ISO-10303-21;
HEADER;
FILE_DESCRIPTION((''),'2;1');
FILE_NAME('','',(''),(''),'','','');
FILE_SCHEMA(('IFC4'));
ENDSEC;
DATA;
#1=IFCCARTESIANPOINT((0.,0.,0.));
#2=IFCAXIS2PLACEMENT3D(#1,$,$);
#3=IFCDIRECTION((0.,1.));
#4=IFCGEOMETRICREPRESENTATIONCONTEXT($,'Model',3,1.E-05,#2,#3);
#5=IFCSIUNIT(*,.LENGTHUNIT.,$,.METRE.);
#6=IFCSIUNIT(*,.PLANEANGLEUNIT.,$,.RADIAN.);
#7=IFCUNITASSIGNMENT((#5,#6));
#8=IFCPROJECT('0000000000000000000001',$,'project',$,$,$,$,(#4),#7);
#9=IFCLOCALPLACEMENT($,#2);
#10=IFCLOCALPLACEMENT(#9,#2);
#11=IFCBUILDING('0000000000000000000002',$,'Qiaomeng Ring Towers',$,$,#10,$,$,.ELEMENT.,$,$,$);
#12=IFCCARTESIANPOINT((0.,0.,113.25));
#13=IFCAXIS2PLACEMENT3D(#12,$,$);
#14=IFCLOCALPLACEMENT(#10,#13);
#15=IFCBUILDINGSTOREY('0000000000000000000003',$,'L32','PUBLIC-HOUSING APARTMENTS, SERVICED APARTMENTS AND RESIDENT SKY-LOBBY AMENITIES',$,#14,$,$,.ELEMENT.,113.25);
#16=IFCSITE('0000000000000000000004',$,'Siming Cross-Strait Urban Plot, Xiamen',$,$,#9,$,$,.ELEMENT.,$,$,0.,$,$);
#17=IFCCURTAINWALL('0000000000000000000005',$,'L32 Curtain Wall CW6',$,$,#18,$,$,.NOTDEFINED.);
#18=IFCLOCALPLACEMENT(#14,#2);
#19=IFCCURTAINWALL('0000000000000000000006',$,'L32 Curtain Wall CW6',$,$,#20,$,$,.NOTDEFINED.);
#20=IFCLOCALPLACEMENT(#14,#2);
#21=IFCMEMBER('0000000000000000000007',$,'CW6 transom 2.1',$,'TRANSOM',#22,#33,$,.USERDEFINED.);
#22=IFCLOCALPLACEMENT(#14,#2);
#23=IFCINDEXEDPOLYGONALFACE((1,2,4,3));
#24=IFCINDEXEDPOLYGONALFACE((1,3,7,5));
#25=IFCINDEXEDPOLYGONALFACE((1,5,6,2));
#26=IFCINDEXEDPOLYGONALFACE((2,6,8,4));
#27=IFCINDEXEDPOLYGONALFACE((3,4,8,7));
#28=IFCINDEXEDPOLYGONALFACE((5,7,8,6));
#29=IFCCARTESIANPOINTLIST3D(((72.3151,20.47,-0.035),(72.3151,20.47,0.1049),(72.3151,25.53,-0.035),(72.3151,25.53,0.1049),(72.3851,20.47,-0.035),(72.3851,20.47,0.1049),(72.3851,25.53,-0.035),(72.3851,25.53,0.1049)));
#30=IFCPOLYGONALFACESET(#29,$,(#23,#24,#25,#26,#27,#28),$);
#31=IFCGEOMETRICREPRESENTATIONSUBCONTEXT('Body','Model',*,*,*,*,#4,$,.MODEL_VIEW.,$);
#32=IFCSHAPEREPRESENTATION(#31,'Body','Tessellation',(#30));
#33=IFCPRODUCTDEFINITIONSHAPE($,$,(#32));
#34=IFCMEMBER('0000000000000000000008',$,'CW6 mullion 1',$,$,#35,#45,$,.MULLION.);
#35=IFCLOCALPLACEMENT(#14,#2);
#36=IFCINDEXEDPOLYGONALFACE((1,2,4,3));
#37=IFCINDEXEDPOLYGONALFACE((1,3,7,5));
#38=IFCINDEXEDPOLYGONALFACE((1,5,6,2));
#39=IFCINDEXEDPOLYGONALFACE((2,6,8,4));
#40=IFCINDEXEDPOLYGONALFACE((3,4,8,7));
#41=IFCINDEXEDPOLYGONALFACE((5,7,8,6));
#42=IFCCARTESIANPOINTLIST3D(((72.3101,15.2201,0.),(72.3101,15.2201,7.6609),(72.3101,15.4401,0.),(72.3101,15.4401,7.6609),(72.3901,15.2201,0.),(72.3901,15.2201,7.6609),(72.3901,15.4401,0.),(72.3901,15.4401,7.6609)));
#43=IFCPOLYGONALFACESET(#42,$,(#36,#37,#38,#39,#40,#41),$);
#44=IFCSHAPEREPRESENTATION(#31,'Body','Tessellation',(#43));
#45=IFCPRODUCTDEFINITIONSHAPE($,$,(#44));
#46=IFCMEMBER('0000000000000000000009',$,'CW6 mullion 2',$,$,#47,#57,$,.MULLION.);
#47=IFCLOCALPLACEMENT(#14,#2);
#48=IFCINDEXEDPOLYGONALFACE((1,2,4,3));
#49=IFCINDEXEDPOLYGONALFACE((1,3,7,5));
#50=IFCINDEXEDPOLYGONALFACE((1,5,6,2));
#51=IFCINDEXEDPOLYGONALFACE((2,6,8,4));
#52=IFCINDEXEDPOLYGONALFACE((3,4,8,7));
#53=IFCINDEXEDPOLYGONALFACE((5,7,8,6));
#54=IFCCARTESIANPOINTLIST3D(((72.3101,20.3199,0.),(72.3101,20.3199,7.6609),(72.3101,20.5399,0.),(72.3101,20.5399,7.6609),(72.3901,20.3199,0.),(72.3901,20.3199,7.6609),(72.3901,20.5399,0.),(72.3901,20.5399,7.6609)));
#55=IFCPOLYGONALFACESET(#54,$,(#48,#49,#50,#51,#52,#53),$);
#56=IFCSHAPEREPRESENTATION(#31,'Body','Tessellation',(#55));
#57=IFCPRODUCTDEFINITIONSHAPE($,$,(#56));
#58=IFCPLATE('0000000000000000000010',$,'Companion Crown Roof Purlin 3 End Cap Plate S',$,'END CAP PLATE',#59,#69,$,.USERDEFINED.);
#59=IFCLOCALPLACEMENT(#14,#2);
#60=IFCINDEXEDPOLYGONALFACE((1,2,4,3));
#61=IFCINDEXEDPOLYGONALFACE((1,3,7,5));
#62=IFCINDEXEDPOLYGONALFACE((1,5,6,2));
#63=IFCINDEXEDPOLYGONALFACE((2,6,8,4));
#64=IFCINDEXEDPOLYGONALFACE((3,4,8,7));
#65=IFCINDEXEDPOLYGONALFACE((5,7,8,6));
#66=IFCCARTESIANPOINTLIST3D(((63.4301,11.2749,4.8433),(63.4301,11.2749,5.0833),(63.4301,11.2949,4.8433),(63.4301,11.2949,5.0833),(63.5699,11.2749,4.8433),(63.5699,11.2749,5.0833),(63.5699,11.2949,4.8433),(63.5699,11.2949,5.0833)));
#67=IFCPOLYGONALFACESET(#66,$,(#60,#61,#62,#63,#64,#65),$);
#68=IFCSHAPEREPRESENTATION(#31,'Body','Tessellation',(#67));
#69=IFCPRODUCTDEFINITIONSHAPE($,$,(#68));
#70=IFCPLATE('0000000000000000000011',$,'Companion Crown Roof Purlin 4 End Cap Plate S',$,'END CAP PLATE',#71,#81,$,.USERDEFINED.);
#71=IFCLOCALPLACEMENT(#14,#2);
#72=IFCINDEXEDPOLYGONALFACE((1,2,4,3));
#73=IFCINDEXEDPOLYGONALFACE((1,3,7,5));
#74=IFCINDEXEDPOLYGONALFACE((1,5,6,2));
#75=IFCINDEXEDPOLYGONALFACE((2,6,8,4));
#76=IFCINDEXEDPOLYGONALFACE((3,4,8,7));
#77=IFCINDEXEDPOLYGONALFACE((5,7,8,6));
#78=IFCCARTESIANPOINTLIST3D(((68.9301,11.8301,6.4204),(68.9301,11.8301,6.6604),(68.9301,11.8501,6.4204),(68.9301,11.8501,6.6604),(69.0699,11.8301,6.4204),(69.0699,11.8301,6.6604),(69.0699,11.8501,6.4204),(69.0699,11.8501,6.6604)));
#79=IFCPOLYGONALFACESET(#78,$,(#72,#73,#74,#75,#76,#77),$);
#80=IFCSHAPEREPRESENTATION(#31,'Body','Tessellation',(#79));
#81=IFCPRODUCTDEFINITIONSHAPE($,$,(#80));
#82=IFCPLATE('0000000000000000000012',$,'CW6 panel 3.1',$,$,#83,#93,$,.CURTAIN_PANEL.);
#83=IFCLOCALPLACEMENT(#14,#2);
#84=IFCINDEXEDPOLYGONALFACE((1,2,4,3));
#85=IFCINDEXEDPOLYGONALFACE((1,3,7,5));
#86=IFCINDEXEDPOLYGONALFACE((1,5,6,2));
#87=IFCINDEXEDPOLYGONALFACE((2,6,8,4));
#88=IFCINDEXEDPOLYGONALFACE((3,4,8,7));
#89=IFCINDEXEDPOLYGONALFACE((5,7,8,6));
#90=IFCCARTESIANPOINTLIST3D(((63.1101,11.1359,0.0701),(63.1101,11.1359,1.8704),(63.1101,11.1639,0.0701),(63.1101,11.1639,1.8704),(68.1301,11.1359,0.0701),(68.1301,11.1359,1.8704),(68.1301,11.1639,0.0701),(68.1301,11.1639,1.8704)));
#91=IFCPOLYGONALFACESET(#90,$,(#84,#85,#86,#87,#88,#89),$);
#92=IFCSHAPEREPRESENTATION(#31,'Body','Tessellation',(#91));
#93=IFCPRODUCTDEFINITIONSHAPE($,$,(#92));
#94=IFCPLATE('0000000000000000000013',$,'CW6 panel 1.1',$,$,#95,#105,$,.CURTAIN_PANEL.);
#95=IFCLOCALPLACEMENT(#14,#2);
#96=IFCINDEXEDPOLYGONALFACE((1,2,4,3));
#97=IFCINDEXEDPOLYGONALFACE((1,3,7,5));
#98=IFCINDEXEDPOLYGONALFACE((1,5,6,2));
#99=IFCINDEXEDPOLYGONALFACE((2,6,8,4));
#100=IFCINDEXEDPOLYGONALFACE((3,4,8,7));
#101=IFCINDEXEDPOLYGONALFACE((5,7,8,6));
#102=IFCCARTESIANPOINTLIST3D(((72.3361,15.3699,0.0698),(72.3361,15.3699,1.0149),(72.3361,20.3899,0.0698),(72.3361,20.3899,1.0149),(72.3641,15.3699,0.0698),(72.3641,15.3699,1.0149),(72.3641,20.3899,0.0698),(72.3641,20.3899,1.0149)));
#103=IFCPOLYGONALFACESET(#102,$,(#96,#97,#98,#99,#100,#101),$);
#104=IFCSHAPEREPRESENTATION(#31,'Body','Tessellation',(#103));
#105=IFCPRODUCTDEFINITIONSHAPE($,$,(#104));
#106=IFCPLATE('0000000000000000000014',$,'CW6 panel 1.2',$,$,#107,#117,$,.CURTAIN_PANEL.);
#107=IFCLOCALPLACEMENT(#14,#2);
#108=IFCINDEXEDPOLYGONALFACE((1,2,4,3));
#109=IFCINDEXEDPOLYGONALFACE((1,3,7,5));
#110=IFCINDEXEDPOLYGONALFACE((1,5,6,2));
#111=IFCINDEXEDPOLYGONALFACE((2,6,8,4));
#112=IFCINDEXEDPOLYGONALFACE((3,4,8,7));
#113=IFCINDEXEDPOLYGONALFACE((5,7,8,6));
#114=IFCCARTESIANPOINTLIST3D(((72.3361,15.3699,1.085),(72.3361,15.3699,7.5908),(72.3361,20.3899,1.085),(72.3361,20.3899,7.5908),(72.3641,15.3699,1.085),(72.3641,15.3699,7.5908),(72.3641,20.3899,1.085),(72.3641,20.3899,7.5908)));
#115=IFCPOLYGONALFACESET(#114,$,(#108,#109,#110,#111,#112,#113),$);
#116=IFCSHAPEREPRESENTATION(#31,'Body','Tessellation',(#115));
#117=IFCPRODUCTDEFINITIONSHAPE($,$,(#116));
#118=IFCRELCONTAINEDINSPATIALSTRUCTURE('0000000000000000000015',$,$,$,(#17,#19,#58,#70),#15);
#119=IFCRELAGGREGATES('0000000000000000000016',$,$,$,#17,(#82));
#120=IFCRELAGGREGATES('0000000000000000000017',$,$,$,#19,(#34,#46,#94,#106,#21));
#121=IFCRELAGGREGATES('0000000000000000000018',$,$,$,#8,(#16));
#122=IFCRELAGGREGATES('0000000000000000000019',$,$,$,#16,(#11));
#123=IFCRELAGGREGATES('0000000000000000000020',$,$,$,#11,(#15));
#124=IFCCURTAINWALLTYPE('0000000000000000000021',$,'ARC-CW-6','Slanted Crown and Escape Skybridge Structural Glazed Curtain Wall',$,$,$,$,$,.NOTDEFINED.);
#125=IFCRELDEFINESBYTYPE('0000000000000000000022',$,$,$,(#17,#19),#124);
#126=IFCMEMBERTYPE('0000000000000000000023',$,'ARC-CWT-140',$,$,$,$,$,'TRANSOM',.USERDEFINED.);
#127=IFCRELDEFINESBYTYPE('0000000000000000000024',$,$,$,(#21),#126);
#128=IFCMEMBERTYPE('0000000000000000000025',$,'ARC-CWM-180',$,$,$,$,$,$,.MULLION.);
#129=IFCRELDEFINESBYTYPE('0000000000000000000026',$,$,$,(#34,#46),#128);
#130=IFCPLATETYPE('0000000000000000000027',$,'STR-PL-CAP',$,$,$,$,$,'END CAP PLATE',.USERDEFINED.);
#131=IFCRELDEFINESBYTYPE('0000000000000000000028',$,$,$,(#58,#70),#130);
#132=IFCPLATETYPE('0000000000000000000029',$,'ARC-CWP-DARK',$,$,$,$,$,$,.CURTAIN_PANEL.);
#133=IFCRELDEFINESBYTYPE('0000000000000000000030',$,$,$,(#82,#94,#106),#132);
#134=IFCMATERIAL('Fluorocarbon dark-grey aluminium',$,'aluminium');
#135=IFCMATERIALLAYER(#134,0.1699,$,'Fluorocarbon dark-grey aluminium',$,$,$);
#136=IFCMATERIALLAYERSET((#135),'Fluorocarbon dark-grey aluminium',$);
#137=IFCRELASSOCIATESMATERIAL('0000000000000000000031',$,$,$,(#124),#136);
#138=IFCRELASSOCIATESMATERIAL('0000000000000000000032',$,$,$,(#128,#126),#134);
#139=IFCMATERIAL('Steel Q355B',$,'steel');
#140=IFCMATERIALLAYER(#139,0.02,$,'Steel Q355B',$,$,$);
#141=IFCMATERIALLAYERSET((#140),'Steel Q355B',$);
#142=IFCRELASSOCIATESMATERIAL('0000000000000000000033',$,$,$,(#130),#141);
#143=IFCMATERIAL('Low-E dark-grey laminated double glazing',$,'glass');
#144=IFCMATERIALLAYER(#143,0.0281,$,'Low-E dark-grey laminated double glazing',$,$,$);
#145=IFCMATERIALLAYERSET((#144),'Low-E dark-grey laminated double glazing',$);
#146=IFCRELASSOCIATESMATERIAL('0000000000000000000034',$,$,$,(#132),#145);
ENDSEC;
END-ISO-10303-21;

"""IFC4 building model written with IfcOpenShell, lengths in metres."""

from ifc_helpers import new_model, si_unit, direction, frame, origin, origin_2d, place, context, subcontext, project, spatial, rectangle, extrude, source, transform, mapped, material, layer, layer_set, material_profile, profile_set, type_object, element, aggregate, save


model = new_model("IFC4")

# Units and contexts
model_context = context("Model", 3, precision=1e-05, world=origin(), true_north=direction((0.0, 1.0)))
body_context = subcontext(model_context, "Body", "Model", "MODEL_VIEW")
ifc_project = project(units=[si_unit("LENGTHUNIT", "METRE"), si_unit("PLANEANGLEUNIT", "RADIAN")], contexts=[model_context])

# Site, building, storey
site_placement = place(None, origin())
site = spatial("IfcSite", under=ifc_project, at=site_placement, Name="Siming Cross-Strait Urban Plot, Xiamen", CompositionType="ELEMENT", RefElevation=0.0)
building_placement = place(site_placement, origin())
building = spatial("IfcBuilding", under=site, at=building_placement, Name="Qiaomeng Ring Towers", CompositionType="ELEMENT")
storey_placement = place(building_placement, frame((0.0, 0.0, 113.25)))
storey = spatial("IfcBuildingStorey", under=building, at=storey_placement, Name="L32", Description="PUBLIC-HOUSING APARTMENTS, SERVICED APARTMENTS AND RESIDENT SKY-LOBBY AMENITIES", CompositionType="ELEMENT", Elevation=113.25)

# Shared definitions
ifc_material_1 = material(Name="Steel Q355B", Category="steel")

# Curtain walls, members
ifc_material_2 = material(Name="Fluorocarbon dark-grey aluminium", Category="aluminium")
ifc_layer_1 = layer(ifc_material_2, 0.1699, Name="Fluorocarbon dark-grey aluminium")
ifc_layer_set_1 = layer_set([ifc_layer_1], Name="Fluorocarbon dark-grey aluminium")
curtain_wall_type = type_object("IfcCurtainWallType", Name="ARC-CW-6", Description="Slanted Crown and Escape Skybridge Structural Glazed Curtain Wall", PredefinedType="NOTDEFINED", material=ifc_layer_set_1)
curtain_wall_1_placement = place(storey_placement, origin())
curtain_wall_1 = element("IfcCurtainWall", 1, at=curtain_wall_1_placement, inside=storey, type_object=curtain_wall_type, Name="L32 Curtain Wall CW6", PredefinedType="NOTDEFINED")
ifc_material_profile_1 = material_profile(ifc_material_2, rectangle(XDim=0.0801, YDim=0.22, at=origin_2d()), Name="ALU MULL 80x220")
ifc_profile_set_1 = profile_set([ifc_material_profile_1], Name="Fluorocarbon dark-grey aluminium")
member_type_1 = type_object("IfcMemberType", Name="ARC-CWM-180", PredefinedType="MULLION", material=ifc_profile_set_1)
ifc_material_profile_2 = material_profile(ifc_material_2, rectangle(XDim=0.0701, YDim=0.1399, at=origin_2d()), Name="ALU TRAN 70x140")
ifc_profile_set_2 = profile_set([ifc_material_profile_2], Name="Fluorocarbon dark-grey aluminium")
member_type_2 = type_object("IfcMemberType", Name="ARC-CWT-140", ElementType="TRANSOM", PredefinedType="USERDEFINED", material=ifc_profile_set_2)
curtain_wall_2_placement = place(storey_placement, origin())
curtain_wall_2 = element("IfcCurtainWall", 2, at=curtain_wall_2_placement, inside=storey, type_object=curtain_wall_type, Name="L32 Curtain Wall CW6", PredefinedType="NOTDEFINED")
shared_shape_1 = source(origin(), body_context, "Body", "SweptSolid", [
    extrude(rectangle(XDim=0.0701, YDim=0.1399, at=origin_2d()), origin(), (0.0, 0.0, 1.0), 5.0601),
])
member_1_placement = place(storey_placement, frame((72.3501, 20.47, 0.0349), z_axis=(0.0, 1.0, 0.0), x_axis=(-1.0, 0.0, 0.0)))
member_1 = element("IfcMember", 3, at=member_1_placement, type_object=member_type_2, Name="CW6 transom 2.1", ObjectType="TRANSOM", PredefinedType="USERDEFINED", context=body_context, shape_type="MappedRepresentation", body=[
    mapped(shared_shape_1, transform((0.0, 0.0, 0.0), x_axis=(1.0, 0.0, 0.0), y_axis=(0.0, 1.0, 0.0), z_axis=(0.0, 0.0, 1.0), scale=1.0)),
])
shared_shape_2 = source(origin(), body_context, "Body", "SweptSolid", [
    extrude(rectangle(XDim=0.0801, YDim=0.22, at=origin_2d()), origin(), (0.0, 0.0, 1.0), 7.6609),
])
member_2_placement = place(storey_placement, frame((72.3501, 15.3301, 0.0), z_axis=(0.0, 0.0, 1.0), x_axis=(-1.0, 0.0, 0.0)))
member_2 = element("IfcMember", 4, at=member_2_placement, type_object=member_type_1, Name="CW6 mullion 1", PredefinedType="MULLION", context=body_context, shape_type="MappedRepresentation", body=[
    mapped(shared_shape_2, transform((0.0, 0.0, 0.0), x_axis=(1.0, 0.0, 0.0), y_axis=(0.0, 1.0, 0.0), z_axis=(0.0, 0.0, 1.0), scale=1.0)),
])
member_3_placement = place(storey_placement, frame((72.3501, 20.4299, 0.0), z_axis=(0.0, 0.0, 1.0), x_axis=(-1.0, 0.0, 0.0)))
member_3 = element("IfcMember", 5, at=member_3_placement, type_object=member_type_1, Name="CW6 mullion 2", PredefinedType="MULLION", context=body_context, shape_type="MappedRepresentation", body=[
    mapped(shared_shape_2, transform((0.0, 0.0, 0.0), x_axis=(1.0, 0.0, 0.0), y_axis=(0.0, 1.0, 0.0), z_axis=(0.0, 0.0, 1.0), scale=1.0)),
])

# Plates
ifc_layer_2 = layer(ifc_material_1, 0.02, Name="Steel Q355B")
ifc_layer_set_2 = layer_set([ifc_layer_2], Name="Steel Q355B")
plate_type_1 = type_object("IfcPlateType", Name="STR-PL-CAP", ElementType="END CAP PLATE", PredefinedType="USERDEFINED", material=ifc_layer_set_2)
shared_shape_3 = source(origin(), body_context, "Body", "SweptSolid", [
    extrude(rectangle(XDim=0.1399, YDim=0.02, at=origin_2d()), origin(), (0.0, 0.0, 1.0), 0.24),
])
for number, where, z_axis, x_axis, name in (
    (6, (63.5, 11.2849, 4.8433), (0.0, 0.0, 1.0), (1.0, 0.0, 0.0), "Companion Crown Roof Purlin 3 End Cap Plate S"),
    (7, (69.0, 11.8401, 6.4204), (0.0, 0.0, 1.0), (1.0, 0.0, 0.0), "Companion Crown Roof Purlin 4 End Cap Plate S"),
):
    element("IfcPlate", number, at=place(storey_placement, frame(where, z_axis=z_axis, x_axis=x_axis)), inside=storey, type_object=plate_type_1, Name=name, ObjectType="END CAP PLATE", PredefinedType="USERDEFINED", context=body_context, shape_type="MappedRepresentation", body=[
        mapped(shared_shape_3, transform((0.0, 0.0, 0.0), x_axis=(1.0, 0.0, 0.0), y_axis=(0.0, 1.0, 0.0), z_axis=(0.0, 0.0, 1.0), scale=1.0)),
    ])

# Plates
ifc_material_3 = material(Name="Low-E dark-grey laminated double glazing", Category="glass")
ifc_layer_3 = layer(ifc_material_3, 0.0281, Name="Low-E dark-grey laminated double glazing")
ifc_layer_set_3 = layer_set([ifc_layer_3], Name="Low-E dark-grey laminated double glazing")
plate_type_2 = type_object("IfcPlateType", Name="ARC-CWP-DARK", PredefinedType="CURTAIN_PANEL", material=ifc_layer_set_3)
shared_shape_4 = source(origin(), body_context, "Body", "SweptSolid", [
    extrude(rectangle(XDim=5.02, YDim=0.0281, at=origin_2d()), origin(), (0.0, 0.0, 1.0), 1.8003),
])
plate_1_placement = place(storey_placement, frame((65.6201, 11.1499, 0.0701), z_axis=(0.0, 0.0, 1.0), x_axis=(1.0, 0.0, 0.0)))
plate_1 = element("IfcPlate", 8, at=plate_1_placement, type_object=plate_type_2, Name="CW6 panel 3.1", PredefinedType="CURTAIN_PANEL", context=body_context, shape_type="MappedRepresentation", body=[
    mapped(shared_shape_4, transform((0.0, 0.0, 0.0), x_axis=(1.0, 0.0, 0.0), y_axis=(0.0, 1.0, 0.0), z_axis=(0.0, 0.0, 1.0), scale=1.0)),
])
aggregate(curtain_wall_1, [plate_1])
shared_shape_5 = source(origin(), body_context, "Body", "SweptSolid", [
    extrude(rectangle(XDim=5.02, YDim=0.0281, at=origin_2d()), origin(), (0.0, 0.0, 1.0), 0.9451),
])
plate_2_placement = place(storey_placement, frame((72.3501, 17.8799, 0.0698), z_axis=(0.0, 0.0, 1.0), x_axis=(0.0, 1.0, 0.0)))
plate_2 = element("IfcPlate", 9, at=plate_2_placement, type_object=plate_type_2, Name="CW6 panel 1.1", PredefinedType="CURTAIN_PANEL", context=body_context, shape_type="MappedRepresentation", body=[
    mapped(shared_shape_5, transform((0.0, 0.0, 0.0), x_axis=(1.0, 0.0, 0.0), y_axis=(0.0, 1.0, 0.0), z_axis=(0.0, 0.0, 1.0), scale=1.0)),
])
shared_shape_6 = source(origin(), body_context, "Body", "SweptSolid", [
    extrude(rectangle(XDim=5.02, YDim=0.0281, at=origin_2d()), origin(), (0.0, 0.0, 1.0), 6.5059),
])
plate_3_placement = place(storey_placement, frame((72.3501, 17.8799, 1.085), z_axis=(0.0, 0.0, 1.0), x_axis=(0.0, 1.0, 0.0)))
plate_3 = element("IfcPlate", 10, at=plate_3_placement, type_object=plate_type_2, Name="CW6 panel 1.2", PredefinedType="CURTAIN_PANEL", context=body_context, shape_type="MappedRepresentation", body=[
    mapped(shared_shape_6, transform((0.0, 0.0, 0.0), x_axis=(1.0, 0.0, 0.0), y_axis=(0.0, 1.0, 0.0), z_axis=(0.0, 0.0, 1.0), scale=1.0)),
])
aggregate(curtain_wall_2, [member_2, member_3, plate_2, plate_3, member_1])

save(model, "model.ifc")
